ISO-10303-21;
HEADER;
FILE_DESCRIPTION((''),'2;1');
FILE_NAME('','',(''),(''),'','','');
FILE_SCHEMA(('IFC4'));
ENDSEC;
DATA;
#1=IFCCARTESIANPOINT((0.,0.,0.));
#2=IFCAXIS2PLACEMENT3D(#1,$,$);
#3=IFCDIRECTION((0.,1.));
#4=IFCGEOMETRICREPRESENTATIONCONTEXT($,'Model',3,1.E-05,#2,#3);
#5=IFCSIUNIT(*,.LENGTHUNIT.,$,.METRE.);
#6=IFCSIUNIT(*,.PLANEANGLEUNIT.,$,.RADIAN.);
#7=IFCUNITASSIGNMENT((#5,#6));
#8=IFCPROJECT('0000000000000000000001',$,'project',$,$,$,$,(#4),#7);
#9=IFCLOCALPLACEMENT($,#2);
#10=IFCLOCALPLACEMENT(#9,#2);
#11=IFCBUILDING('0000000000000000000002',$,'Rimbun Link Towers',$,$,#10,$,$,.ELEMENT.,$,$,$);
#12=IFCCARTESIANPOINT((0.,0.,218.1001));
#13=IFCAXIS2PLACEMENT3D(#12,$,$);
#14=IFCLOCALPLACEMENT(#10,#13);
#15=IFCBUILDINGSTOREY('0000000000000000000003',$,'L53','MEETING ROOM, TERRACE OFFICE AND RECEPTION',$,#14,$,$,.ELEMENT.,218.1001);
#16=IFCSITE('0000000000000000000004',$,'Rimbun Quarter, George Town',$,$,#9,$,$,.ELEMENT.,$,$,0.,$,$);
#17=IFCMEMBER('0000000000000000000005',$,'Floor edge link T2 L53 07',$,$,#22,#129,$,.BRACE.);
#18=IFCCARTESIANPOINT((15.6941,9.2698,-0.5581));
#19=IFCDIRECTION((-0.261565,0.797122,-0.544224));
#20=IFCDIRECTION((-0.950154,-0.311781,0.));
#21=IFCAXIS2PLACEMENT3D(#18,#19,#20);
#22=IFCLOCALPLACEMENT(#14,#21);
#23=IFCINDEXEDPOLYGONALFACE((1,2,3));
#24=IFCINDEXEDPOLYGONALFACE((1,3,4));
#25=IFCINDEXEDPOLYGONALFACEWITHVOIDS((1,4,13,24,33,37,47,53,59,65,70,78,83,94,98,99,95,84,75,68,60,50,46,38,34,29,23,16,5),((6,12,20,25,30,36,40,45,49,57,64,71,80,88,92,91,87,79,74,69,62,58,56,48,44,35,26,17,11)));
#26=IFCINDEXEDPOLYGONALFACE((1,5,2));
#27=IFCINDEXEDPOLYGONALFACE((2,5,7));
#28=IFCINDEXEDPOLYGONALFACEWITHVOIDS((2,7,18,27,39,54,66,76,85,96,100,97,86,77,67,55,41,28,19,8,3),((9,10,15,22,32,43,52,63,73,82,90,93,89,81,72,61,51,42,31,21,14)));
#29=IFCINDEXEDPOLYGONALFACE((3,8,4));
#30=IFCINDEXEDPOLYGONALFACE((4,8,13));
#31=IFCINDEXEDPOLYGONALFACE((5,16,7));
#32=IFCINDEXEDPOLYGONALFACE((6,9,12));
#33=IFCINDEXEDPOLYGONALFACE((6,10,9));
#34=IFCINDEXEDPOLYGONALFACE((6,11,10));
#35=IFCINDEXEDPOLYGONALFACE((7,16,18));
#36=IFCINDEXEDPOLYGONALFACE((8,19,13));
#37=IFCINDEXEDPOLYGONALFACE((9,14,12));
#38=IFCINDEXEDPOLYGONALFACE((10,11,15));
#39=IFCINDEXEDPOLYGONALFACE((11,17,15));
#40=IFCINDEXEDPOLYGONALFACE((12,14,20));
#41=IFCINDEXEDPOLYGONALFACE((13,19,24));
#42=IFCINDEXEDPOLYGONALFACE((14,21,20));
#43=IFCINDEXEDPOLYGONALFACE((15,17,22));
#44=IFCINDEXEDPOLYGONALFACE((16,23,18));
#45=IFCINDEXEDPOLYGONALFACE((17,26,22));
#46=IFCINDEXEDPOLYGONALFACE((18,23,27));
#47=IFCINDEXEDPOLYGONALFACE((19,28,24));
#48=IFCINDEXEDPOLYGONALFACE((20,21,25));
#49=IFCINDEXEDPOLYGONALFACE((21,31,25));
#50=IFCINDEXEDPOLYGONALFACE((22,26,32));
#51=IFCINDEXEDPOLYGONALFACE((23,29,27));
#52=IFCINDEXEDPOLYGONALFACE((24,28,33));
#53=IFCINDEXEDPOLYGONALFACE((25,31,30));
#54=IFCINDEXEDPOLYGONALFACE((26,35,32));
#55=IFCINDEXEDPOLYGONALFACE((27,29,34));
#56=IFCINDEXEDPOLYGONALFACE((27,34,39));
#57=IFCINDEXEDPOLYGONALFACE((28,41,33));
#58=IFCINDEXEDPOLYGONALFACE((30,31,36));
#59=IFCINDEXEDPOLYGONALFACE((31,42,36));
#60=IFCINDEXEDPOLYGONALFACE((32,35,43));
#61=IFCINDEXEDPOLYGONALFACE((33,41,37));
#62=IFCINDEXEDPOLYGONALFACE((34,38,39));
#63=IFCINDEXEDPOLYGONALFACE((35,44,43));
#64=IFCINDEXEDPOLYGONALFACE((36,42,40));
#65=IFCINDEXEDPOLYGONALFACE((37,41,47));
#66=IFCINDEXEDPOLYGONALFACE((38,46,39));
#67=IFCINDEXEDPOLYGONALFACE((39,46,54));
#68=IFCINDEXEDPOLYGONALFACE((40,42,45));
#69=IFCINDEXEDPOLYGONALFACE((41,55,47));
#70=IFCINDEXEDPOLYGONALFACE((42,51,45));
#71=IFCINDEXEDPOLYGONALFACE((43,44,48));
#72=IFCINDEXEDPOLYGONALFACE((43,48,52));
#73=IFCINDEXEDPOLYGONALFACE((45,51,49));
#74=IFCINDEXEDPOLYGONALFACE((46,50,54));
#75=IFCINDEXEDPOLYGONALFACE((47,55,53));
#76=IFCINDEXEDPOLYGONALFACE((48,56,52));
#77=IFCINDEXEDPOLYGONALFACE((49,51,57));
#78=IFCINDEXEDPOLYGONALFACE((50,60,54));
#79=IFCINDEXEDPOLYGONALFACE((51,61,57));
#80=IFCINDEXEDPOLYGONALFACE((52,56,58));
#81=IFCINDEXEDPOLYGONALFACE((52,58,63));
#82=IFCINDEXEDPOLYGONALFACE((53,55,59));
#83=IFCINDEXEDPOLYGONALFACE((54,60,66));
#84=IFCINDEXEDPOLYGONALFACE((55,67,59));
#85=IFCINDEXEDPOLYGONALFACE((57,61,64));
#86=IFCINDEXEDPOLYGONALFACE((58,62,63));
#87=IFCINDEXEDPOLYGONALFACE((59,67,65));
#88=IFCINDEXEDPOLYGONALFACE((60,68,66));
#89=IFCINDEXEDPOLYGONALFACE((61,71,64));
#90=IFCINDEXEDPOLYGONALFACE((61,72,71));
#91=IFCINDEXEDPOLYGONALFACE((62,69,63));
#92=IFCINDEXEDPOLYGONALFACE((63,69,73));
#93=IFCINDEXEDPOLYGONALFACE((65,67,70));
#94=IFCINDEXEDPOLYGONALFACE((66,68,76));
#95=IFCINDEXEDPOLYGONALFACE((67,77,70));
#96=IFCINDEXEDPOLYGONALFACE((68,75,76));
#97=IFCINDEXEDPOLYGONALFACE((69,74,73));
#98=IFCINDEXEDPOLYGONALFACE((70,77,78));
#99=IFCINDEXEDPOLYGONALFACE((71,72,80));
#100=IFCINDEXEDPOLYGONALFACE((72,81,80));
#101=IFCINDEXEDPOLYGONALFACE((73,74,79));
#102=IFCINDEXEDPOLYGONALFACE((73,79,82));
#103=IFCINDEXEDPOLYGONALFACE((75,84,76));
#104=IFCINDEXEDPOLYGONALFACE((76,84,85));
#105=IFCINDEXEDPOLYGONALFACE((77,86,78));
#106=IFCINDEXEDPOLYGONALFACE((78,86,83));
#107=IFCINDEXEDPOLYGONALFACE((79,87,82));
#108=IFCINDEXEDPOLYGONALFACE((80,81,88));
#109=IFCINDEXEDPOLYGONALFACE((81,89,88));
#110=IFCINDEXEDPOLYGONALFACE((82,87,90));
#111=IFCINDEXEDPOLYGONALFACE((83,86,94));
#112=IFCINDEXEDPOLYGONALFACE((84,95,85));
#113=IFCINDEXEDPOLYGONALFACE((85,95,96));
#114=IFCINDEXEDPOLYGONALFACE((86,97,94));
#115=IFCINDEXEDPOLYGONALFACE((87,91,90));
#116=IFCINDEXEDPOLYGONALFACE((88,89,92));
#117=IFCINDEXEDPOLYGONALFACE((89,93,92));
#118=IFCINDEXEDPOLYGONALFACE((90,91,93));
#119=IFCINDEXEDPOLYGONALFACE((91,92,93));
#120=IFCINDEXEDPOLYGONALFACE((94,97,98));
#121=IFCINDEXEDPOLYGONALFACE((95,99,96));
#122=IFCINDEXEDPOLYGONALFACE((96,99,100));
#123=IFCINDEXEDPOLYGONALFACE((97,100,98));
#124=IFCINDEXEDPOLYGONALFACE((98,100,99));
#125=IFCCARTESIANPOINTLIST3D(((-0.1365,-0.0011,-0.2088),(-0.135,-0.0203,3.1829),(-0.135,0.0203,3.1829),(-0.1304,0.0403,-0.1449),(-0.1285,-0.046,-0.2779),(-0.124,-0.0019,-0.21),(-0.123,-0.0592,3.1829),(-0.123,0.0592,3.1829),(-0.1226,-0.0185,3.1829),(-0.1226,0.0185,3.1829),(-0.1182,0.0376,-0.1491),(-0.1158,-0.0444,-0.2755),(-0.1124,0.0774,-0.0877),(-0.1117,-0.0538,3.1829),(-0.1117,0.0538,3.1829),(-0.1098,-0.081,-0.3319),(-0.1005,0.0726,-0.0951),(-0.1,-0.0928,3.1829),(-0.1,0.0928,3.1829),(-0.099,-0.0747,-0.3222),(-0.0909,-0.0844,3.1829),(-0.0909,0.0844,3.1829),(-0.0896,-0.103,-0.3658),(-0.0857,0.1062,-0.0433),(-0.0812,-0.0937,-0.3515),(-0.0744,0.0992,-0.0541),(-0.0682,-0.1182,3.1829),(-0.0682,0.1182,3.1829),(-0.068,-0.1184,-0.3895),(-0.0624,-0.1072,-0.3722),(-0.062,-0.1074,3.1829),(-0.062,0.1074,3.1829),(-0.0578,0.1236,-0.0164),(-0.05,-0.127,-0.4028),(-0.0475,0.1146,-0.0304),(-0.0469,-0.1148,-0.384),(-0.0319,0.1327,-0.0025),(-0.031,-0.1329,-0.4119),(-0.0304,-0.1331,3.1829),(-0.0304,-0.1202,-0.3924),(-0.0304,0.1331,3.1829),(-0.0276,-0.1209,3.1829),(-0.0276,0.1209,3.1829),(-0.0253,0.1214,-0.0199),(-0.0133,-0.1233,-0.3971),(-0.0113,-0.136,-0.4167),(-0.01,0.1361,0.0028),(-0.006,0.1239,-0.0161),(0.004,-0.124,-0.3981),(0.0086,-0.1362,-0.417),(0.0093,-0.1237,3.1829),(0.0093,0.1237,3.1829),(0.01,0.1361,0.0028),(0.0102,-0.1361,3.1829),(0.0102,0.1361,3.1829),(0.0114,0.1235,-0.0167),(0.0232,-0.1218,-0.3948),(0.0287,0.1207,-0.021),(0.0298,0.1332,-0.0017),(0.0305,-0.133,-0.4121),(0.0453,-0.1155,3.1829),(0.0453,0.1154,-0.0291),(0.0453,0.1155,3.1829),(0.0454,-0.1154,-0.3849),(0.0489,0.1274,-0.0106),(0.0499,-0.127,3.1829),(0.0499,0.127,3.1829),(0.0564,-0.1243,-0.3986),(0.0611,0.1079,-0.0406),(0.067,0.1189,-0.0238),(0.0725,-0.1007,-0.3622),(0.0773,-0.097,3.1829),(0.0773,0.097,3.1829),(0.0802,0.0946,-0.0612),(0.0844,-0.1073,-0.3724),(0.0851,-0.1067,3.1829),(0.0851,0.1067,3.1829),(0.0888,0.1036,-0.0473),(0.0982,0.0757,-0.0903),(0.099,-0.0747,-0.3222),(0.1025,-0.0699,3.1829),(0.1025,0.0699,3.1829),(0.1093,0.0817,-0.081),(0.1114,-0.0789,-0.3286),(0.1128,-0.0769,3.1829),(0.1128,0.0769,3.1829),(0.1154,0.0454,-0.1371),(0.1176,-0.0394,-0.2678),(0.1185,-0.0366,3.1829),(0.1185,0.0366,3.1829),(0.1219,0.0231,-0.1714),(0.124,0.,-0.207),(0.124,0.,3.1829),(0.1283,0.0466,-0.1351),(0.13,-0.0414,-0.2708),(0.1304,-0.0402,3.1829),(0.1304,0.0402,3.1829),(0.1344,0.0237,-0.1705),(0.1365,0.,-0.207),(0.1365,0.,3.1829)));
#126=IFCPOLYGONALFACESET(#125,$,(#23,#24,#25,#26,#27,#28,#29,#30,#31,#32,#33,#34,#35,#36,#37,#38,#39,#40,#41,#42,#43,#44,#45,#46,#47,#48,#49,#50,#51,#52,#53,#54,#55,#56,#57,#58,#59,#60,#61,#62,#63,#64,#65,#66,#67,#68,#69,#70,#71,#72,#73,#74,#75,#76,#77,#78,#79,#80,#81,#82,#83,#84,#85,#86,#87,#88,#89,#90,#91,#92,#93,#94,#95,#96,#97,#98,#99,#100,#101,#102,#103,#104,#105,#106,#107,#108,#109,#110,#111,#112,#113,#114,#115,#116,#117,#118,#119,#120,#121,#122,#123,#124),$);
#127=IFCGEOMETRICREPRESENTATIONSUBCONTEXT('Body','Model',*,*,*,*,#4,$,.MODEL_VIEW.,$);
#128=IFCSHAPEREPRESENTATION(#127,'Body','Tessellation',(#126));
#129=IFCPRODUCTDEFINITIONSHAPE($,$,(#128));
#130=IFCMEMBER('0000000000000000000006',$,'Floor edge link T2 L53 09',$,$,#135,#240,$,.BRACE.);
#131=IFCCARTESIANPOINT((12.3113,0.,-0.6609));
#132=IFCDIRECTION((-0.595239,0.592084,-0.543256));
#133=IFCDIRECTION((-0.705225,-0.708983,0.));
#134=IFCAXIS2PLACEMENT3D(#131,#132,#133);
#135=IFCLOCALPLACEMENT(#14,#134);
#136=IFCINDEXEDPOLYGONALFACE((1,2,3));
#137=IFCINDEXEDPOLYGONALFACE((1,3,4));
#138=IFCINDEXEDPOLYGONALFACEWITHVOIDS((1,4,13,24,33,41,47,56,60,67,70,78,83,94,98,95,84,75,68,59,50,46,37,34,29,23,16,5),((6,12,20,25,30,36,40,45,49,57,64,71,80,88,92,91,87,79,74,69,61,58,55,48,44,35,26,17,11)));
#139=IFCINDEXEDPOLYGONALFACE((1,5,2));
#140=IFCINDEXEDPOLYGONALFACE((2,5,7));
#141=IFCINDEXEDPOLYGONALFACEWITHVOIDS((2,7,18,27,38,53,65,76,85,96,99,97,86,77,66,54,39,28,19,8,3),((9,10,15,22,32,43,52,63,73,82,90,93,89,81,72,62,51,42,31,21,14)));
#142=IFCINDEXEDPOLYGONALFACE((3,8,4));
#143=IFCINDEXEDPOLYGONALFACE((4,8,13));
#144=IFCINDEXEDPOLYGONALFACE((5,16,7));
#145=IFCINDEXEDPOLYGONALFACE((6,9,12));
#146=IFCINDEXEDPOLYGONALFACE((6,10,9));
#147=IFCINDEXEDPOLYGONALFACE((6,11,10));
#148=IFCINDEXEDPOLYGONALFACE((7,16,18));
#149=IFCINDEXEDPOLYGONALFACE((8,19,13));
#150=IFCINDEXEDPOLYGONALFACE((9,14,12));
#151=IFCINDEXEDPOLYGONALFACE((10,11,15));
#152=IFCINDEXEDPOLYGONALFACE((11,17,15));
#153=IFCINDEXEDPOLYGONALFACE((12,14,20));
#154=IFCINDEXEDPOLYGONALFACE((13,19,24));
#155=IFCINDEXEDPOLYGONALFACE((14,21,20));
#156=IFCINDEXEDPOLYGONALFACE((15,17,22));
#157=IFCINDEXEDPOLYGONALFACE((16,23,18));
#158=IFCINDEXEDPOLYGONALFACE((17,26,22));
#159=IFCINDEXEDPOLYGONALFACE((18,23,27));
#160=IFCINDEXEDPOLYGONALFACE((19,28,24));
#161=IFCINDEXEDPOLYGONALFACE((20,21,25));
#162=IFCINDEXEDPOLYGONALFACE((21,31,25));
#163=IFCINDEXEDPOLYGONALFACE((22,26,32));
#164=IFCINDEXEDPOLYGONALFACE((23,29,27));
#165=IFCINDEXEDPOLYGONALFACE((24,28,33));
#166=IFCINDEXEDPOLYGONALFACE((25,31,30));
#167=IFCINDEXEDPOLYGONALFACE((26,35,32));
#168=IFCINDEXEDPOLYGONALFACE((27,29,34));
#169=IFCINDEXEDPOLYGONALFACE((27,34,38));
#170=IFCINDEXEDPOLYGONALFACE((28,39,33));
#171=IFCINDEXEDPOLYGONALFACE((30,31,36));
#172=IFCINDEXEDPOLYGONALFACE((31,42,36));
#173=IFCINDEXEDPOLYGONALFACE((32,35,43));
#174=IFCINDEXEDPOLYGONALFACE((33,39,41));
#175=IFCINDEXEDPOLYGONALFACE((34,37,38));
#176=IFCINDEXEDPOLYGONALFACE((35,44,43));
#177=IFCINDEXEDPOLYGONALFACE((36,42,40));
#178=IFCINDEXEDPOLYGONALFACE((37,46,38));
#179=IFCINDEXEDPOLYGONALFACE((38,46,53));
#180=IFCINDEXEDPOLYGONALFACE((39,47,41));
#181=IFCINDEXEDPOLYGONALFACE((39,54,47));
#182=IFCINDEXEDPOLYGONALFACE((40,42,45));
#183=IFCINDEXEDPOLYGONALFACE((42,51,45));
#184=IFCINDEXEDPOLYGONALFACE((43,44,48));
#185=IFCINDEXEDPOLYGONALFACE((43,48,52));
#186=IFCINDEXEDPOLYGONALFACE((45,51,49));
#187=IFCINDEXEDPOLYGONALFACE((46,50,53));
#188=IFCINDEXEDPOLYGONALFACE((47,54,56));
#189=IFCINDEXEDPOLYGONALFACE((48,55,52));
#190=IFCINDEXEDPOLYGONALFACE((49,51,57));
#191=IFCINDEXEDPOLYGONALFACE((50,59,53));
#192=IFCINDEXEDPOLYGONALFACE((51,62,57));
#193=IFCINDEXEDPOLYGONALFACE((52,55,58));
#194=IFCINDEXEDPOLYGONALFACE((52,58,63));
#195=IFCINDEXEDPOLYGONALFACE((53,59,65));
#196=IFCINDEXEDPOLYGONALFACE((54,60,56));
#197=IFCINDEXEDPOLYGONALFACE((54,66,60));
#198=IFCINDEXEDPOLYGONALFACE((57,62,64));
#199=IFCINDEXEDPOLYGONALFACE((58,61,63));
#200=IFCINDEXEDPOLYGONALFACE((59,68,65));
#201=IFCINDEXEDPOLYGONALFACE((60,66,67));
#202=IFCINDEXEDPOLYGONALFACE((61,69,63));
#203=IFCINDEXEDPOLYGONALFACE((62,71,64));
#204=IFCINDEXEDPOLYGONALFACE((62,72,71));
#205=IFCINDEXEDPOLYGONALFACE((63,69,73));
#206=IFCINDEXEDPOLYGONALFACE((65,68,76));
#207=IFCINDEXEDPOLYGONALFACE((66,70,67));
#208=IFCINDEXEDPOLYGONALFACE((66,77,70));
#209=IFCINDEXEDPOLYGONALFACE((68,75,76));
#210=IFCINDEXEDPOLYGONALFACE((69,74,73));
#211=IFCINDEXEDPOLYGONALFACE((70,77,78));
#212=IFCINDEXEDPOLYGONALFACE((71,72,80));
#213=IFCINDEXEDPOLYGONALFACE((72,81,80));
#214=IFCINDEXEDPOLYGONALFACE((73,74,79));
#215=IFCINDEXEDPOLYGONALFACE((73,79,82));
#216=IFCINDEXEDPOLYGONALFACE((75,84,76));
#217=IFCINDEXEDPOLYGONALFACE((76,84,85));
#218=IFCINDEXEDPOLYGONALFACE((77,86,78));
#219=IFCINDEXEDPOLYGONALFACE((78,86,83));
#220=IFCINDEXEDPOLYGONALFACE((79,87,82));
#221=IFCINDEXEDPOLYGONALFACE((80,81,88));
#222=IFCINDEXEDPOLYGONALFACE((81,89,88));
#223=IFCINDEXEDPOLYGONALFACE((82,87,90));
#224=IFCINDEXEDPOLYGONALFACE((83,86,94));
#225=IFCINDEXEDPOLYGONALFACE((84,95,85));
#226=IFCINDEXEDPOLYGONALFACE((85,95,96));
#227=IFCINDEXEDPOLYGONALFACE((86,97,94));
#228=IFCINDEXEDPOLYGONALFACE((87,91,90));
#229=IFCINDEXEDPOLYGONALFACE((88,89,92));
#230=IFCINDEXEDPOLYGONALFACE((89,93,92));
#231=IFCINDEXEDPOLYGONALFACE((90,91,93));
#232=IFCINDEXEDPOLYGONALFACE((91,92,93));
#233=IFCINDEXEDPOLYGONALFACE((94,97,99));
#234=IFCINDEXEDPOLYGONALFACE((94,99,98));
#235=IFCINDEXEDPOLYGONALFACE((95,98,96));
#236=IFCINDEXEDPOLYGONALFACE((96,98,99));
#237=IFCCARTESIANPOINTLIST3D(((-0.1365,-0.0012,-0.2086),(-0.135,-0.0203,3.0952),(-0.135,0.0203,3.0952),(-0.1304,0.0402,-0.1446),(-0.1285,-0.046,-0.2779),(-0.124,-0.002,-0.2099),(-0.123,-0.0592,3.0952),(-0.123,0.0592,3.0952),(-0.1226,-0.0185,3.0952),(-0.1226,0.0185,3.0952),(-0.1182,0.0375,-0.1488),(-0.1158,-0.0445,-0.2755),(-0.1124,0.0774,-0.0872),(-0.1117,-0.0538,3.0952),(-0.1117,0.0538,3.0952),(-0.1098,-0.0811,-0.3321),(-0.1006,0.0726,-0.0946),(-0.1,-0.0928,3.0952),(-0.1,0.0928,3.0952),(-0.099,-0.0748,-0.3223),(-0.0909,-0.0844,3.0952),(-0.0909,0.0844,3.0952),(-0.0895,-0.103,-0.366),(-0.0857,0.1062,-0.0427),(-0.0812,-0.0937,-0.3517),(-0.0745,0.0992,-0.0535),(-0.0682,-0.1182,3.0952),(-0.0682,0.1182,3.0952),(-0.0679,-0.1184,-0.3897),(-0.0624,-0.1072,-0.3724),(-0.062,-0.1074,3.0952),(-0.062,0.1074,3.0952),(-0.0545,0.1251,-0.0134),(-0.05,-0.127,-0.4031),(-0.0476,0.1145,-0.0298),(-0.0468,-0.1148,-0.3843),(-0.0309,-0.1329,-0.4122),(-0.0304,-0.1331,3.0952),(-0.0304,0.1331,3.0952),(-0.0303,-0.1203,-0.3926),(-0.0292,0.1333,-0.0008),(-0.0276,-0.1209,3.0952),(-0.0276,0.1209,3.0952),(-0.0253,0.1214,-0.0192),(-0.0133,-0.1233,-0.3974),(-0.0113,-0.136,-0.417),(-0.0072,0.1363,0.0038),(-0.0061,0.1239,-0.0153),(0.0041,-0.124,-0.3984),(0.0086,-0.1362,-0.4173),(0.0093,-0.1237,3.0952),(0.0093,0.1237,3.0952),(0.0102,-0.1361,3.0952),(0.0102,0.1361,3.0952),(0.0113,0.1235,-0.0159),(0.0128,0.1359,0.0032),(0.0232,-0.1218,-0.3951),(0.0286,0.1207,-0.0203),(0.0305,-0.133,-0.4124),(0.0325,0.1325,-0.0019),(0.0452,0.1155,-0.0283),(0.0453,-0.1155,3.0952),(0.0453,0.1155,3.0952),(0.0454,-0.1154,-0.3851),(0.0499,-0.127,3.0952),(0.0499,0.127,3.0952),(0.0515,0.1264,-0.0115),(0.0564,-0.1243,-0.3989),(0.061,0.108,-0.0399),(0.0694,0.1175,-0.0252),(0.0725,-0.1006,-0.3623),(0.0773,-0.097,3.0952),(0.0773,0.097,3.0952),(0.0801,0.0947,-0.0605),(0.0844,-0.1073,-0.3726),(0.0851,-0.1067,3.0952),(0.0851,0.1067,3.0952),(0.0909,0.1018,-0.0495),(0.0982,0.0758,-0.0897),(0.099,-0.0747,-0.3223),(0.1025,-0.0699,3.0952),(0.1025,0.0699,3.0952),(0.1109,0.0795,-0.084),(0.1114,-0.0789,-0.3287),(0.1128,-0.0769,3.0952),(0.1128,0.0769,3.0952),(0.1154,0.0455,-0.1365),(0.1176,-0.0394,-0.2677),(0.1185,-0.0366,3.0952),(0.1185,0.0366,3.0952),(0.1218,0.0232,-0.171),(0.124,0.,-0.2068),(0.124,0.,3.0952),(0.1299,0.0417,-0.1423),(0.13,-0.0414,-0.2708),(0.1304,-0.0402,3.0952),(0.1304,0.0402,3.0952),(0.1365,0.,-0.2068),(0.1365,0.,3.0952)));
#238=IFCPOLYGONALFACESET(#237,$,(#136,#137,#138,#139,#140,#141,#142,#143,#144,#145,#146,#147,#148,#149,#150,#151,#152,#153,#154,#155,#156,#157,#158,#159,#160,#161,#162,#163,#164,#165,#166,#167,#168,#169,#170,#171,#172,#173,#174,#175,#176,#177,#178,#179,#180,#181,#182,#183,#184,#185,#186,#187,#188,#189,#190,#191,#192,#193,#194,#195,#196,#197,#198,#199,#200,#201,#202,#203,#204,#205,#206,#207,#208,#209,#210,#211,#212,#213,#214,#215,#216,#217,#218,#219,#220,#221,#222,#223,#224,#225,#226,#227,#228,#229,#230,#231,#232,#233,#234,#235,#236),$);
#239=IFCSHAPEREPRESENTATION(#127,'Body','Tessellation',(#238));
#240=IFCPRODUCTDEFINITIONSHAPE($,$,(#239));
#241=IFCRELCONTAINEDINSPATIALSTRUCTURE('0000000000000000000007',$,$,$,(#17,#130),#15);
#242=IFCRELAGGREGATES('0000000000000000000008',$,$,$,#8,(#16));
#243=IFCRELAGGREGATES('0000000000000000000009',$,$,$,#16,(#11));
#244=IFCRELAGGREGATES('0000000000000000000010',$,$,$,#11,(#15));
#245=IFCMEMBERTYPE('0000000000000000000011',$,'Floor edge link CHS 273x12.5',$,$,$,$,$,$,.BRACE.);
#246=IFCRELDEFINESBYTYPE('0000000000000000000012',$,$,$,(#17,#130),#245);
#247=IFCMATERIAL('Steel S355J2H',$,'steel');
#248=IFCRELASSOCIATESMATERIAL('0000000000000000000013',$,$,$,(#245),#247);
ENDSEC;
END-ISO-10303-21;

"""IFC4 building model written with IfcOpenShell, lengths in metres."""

from ifc_helpers import new_model, si_unit, direction, frame, origin, origin_2d, place, context, subcontext, project, spatial, hollow_circle, extrude, clip, halfspace, material, material_profile, profile_set, type_object, element, save


model = new_model("IFC4")

# Units and contexts
model_context = context("Model", 3, precision=1e-05, world=origin(), true_north=direction((0.0, 1.0)))
body_context = subcontext(model_context, "Body", "Model", "MODEL_VIEW")
ifc_project = project(units=[si_unit("LENGTHUNIT", "METRE"), si_unit("PLANEANGLEUNIT", "RADIAN")], contexts=[model_context])

# Site, building, storey
site_placement = place(None, origin())
site = spatial("IfcSite", under=ifc_project, at=site_placement, Name="Rimbun Quarter, George Town", CompositionType="ELEMENT", RefElevation=0.0)
building_placement = place(site_placement, origin())
building = spatial("IfcBuilding", under=site, at=building_placement, Name="Rimbun Link Towers", CompositionType="ELEMENT")
storey_placement = place(building_placement, frame((0.0, 0.0, 218.1001)))
storey = spatial("IfcBuildingStorey", under=building, at=storey_placement, Name="L53", Description="MEETING ROOM, TERRACE OFFICE AND RECEPTION", CompositionType="ELEMENT", Elevation=218.1001)

# Members
ifc_material_1 = material(Name="Steel S355J2H", Category="steel")
ifc_material_profile_1 = material_profile(ifc_material_1, hollow_circle(Radius=0.1365, WallThickness=0.0125, at=origin_2d()), Name="CHS 273x12.5")
ifc_profile_set_1 = profile_set([ifc_material_profile_1], Name="Steel S355J2H")
member_type_1 = type_object("IfcMemberType", Name="Floor edge link CHS 273x12.5", PredefinedType="BRACE", material=ifc_profile_set_1)
member_1_placement = place(storey_placement, frame((15.6941, 9.2698, -0.5581), z_axis=(-0.261565, 0.797122, -0.544224), x_axis=(-0.950154, -0.311781, 0.0)))
element("IfcMember", 1, at=member_1_placement, inside=storey, type_object=member_type_1, Name="Floor edge link T2 L53 07", PredefinedType="BRACE", context=body_context, shape_type="Clipping", body=[
    clip(extrude(hollow_circle(Radius=0.1365, WallThickness=0.0125, at=origin_2d()), frame((0.0, 0.0, -0.4392)), (0.0, 0.0, 1.0), 3.6221), halfspace(frame((0.0, 0.0, -0.207), z_axis=(0.0, 0.83894, -0.544224)), False)),
])
member_2_placement = place(storey_placement, frame((12.3113, 0.0, -0.6609), z_axis=(-0.595239, 0.592084, -0.543256), x_axis=(-0.705225, -0.708983, 0.0)))
element("IfcMember", 2, at=member_2_placement, inside=storey, type_object=member_type_1, Name="Floor edge link T2 L53 09", PredefinedType="BRACE", context=body_context, shape_type="Clipping", body=[
    clip(extrude(hollow_circle(Radius=0.1365, WallThickness=0.0125, at=origin_2d()), frame((0.0, 0.0, -0.4402)), (0.0, 0.0, 1.0), 3.5354), halfspace(frame((0.0, 0.0, -0.2068), z_axis=(0.0, 0.839567, -0.543256)), False)),
])

save(model, "model.ifc")
